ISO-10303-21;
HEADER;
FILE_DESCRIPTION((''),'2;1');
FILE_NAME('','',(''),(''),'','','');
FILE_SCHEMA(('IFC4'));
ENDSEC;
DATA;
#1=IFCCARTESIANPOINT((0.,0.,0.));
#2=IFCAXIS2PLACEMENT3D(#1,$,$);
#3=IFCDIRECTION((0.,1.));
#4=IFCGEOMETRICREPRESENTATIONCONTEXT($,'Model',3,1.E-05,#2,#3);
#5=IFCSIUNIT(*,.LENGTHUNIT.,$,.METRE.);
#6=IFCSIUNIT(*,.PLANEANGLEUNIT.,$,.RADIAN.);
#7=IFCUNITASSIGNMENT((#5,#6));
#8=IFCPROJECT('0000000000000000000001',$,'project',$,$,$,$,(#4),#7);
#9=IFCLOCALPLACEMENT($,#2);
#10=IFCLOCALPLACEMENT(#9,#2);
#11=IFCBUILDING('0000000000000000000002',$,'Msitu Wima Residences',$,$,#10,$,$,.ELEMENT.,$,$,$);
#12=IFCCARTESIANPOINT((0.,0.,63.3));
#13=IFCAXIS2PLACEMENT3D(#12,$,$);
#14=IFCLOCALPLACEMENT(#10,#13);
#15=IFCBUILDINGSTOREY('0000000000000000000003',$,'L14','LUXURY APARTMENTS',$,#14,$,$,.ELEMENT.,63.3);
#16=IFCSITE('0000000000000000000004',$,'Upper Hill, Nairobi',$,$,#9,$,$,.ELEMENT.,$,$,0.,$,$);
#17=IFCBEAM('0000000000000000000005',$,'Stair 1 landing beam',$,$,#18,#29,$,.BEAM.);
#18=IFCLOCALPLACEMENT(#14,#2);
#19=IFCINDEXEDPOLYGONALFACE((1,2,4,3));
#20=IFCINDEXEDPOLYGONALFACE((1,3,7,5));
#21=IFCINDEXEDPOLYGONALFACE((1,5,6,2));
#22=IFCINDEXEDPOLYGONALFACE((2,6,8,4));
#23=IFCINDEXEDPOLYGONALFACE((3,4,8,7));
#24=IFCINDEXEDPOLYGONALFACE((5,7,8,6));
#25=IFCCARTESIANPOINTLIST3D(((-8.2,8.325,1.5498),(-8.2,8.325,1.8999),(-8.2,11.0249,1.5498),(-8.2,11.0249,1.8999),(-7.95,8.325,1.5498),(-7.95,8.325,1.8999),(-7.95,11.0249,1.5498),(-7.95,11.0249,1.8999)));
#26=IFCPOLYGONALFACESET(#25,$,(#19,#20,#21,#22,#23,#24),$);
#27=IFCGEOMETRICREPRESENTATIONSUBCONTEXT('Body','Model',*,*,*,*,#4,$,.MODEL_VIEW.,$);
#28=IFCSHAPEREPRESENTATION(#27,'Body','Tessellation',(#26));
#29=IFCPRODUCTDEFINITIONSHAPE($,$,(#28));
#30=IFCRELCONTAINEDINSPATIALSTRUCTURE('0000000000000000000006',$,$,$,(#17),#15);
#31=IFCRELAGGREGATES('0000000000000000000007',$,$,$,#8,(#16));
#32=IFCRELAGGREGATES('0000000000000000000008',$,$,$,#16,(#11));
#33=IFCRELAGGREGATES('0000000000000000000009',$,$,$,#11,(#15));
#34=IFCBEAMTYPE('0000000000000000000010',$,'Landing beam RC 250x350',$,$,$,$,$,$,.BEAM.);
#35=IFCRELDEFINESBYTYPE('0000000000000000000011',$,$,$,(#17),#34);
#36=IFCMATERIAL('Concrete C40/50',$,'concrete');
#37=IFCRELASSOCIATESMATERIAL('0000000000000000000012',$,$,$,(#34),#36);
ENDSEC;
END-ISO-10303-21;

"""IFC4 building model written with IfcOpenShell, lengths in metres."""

from ifc_helpers import new_model, si_unit, direction, frame, origin, origin_2d, place, context, subcontext, project, spatial, rectangle, extrude, material, material_profile, profile_set, type_object, element, save


model = new_model("IFC4")

# Units and contexts
model_context = context("Model", 3, precision=1e-05, world=origin(), true_north=direction((0.0, 1.0)))
body_context = subcontext(model_context, "Body", "Model", "MODEL_VIEW")
ifc_project = project(units=[si_unit("LENGTHUNIT", "METRE"), si_unit("PLANEANGLEUNIT", "RADIAN")], contexts=[model_context])

# Site, building, storey
site_placement = place(None, origin())
site = spatial("IfcSite", under=ifc_project, at=site_placement, Name="Upper Hill, Nairobi", CompositionType="ELEMENT", RefElevation=0.0)
building_placement = place(site_placement, origin())
building = spatial("IfcBuilding", under=site, at=building_placement, Name="Msitu Wima Residences", CompositionType="ELEMENT")
storey_placement = place(building_placement, frame((0.0, 0.0, 63.3)))
storey = spatial("IfcBuildingStorey", under=building, at=storey_placement, Name="L14", Description="LUXURY APARTMENTS", CompositionType="ELEMENT", Elevation=63.3)

# Beam
ifc_material_1 = material(Name="Concrete C40/50", Category="concrete")
ifc_material_profile = material_profile(ifc_material_1, rectangle(XDim=0.25, YDim=0.3501, at=origin_2d()), Name="RC 250x350")
ifc_profile_set = profile_set([ifc_material_profile], Name="Concrete C40/50")
beam_type = type_object("IfcBeamType", Name="Landing beam RC 250x350", PredefinedType="BEAM", material=ifc_profile_set)
beam_placement = place(storey_placement, frame((-8.075, 8.325, 1.7249), z_axis=(0.0, 1.0, 0.0), x_axis=(-1.0, 0.0, 0.0)))
element("IfcBeam", 1, at=beam_placement, inside=storey, type_object=beam_type, Name="Stair 1 landing beam", PredefinedType="BEAM", context=body_context, shape_type="SweptSolid", body=[
    extrude(rectangle(XDim=0.25, YDim=0.3501, at=origin_2d()), origin(), (0.0, 0.0, 1.0), 2.7),
])

save(model, "model.ifc")
